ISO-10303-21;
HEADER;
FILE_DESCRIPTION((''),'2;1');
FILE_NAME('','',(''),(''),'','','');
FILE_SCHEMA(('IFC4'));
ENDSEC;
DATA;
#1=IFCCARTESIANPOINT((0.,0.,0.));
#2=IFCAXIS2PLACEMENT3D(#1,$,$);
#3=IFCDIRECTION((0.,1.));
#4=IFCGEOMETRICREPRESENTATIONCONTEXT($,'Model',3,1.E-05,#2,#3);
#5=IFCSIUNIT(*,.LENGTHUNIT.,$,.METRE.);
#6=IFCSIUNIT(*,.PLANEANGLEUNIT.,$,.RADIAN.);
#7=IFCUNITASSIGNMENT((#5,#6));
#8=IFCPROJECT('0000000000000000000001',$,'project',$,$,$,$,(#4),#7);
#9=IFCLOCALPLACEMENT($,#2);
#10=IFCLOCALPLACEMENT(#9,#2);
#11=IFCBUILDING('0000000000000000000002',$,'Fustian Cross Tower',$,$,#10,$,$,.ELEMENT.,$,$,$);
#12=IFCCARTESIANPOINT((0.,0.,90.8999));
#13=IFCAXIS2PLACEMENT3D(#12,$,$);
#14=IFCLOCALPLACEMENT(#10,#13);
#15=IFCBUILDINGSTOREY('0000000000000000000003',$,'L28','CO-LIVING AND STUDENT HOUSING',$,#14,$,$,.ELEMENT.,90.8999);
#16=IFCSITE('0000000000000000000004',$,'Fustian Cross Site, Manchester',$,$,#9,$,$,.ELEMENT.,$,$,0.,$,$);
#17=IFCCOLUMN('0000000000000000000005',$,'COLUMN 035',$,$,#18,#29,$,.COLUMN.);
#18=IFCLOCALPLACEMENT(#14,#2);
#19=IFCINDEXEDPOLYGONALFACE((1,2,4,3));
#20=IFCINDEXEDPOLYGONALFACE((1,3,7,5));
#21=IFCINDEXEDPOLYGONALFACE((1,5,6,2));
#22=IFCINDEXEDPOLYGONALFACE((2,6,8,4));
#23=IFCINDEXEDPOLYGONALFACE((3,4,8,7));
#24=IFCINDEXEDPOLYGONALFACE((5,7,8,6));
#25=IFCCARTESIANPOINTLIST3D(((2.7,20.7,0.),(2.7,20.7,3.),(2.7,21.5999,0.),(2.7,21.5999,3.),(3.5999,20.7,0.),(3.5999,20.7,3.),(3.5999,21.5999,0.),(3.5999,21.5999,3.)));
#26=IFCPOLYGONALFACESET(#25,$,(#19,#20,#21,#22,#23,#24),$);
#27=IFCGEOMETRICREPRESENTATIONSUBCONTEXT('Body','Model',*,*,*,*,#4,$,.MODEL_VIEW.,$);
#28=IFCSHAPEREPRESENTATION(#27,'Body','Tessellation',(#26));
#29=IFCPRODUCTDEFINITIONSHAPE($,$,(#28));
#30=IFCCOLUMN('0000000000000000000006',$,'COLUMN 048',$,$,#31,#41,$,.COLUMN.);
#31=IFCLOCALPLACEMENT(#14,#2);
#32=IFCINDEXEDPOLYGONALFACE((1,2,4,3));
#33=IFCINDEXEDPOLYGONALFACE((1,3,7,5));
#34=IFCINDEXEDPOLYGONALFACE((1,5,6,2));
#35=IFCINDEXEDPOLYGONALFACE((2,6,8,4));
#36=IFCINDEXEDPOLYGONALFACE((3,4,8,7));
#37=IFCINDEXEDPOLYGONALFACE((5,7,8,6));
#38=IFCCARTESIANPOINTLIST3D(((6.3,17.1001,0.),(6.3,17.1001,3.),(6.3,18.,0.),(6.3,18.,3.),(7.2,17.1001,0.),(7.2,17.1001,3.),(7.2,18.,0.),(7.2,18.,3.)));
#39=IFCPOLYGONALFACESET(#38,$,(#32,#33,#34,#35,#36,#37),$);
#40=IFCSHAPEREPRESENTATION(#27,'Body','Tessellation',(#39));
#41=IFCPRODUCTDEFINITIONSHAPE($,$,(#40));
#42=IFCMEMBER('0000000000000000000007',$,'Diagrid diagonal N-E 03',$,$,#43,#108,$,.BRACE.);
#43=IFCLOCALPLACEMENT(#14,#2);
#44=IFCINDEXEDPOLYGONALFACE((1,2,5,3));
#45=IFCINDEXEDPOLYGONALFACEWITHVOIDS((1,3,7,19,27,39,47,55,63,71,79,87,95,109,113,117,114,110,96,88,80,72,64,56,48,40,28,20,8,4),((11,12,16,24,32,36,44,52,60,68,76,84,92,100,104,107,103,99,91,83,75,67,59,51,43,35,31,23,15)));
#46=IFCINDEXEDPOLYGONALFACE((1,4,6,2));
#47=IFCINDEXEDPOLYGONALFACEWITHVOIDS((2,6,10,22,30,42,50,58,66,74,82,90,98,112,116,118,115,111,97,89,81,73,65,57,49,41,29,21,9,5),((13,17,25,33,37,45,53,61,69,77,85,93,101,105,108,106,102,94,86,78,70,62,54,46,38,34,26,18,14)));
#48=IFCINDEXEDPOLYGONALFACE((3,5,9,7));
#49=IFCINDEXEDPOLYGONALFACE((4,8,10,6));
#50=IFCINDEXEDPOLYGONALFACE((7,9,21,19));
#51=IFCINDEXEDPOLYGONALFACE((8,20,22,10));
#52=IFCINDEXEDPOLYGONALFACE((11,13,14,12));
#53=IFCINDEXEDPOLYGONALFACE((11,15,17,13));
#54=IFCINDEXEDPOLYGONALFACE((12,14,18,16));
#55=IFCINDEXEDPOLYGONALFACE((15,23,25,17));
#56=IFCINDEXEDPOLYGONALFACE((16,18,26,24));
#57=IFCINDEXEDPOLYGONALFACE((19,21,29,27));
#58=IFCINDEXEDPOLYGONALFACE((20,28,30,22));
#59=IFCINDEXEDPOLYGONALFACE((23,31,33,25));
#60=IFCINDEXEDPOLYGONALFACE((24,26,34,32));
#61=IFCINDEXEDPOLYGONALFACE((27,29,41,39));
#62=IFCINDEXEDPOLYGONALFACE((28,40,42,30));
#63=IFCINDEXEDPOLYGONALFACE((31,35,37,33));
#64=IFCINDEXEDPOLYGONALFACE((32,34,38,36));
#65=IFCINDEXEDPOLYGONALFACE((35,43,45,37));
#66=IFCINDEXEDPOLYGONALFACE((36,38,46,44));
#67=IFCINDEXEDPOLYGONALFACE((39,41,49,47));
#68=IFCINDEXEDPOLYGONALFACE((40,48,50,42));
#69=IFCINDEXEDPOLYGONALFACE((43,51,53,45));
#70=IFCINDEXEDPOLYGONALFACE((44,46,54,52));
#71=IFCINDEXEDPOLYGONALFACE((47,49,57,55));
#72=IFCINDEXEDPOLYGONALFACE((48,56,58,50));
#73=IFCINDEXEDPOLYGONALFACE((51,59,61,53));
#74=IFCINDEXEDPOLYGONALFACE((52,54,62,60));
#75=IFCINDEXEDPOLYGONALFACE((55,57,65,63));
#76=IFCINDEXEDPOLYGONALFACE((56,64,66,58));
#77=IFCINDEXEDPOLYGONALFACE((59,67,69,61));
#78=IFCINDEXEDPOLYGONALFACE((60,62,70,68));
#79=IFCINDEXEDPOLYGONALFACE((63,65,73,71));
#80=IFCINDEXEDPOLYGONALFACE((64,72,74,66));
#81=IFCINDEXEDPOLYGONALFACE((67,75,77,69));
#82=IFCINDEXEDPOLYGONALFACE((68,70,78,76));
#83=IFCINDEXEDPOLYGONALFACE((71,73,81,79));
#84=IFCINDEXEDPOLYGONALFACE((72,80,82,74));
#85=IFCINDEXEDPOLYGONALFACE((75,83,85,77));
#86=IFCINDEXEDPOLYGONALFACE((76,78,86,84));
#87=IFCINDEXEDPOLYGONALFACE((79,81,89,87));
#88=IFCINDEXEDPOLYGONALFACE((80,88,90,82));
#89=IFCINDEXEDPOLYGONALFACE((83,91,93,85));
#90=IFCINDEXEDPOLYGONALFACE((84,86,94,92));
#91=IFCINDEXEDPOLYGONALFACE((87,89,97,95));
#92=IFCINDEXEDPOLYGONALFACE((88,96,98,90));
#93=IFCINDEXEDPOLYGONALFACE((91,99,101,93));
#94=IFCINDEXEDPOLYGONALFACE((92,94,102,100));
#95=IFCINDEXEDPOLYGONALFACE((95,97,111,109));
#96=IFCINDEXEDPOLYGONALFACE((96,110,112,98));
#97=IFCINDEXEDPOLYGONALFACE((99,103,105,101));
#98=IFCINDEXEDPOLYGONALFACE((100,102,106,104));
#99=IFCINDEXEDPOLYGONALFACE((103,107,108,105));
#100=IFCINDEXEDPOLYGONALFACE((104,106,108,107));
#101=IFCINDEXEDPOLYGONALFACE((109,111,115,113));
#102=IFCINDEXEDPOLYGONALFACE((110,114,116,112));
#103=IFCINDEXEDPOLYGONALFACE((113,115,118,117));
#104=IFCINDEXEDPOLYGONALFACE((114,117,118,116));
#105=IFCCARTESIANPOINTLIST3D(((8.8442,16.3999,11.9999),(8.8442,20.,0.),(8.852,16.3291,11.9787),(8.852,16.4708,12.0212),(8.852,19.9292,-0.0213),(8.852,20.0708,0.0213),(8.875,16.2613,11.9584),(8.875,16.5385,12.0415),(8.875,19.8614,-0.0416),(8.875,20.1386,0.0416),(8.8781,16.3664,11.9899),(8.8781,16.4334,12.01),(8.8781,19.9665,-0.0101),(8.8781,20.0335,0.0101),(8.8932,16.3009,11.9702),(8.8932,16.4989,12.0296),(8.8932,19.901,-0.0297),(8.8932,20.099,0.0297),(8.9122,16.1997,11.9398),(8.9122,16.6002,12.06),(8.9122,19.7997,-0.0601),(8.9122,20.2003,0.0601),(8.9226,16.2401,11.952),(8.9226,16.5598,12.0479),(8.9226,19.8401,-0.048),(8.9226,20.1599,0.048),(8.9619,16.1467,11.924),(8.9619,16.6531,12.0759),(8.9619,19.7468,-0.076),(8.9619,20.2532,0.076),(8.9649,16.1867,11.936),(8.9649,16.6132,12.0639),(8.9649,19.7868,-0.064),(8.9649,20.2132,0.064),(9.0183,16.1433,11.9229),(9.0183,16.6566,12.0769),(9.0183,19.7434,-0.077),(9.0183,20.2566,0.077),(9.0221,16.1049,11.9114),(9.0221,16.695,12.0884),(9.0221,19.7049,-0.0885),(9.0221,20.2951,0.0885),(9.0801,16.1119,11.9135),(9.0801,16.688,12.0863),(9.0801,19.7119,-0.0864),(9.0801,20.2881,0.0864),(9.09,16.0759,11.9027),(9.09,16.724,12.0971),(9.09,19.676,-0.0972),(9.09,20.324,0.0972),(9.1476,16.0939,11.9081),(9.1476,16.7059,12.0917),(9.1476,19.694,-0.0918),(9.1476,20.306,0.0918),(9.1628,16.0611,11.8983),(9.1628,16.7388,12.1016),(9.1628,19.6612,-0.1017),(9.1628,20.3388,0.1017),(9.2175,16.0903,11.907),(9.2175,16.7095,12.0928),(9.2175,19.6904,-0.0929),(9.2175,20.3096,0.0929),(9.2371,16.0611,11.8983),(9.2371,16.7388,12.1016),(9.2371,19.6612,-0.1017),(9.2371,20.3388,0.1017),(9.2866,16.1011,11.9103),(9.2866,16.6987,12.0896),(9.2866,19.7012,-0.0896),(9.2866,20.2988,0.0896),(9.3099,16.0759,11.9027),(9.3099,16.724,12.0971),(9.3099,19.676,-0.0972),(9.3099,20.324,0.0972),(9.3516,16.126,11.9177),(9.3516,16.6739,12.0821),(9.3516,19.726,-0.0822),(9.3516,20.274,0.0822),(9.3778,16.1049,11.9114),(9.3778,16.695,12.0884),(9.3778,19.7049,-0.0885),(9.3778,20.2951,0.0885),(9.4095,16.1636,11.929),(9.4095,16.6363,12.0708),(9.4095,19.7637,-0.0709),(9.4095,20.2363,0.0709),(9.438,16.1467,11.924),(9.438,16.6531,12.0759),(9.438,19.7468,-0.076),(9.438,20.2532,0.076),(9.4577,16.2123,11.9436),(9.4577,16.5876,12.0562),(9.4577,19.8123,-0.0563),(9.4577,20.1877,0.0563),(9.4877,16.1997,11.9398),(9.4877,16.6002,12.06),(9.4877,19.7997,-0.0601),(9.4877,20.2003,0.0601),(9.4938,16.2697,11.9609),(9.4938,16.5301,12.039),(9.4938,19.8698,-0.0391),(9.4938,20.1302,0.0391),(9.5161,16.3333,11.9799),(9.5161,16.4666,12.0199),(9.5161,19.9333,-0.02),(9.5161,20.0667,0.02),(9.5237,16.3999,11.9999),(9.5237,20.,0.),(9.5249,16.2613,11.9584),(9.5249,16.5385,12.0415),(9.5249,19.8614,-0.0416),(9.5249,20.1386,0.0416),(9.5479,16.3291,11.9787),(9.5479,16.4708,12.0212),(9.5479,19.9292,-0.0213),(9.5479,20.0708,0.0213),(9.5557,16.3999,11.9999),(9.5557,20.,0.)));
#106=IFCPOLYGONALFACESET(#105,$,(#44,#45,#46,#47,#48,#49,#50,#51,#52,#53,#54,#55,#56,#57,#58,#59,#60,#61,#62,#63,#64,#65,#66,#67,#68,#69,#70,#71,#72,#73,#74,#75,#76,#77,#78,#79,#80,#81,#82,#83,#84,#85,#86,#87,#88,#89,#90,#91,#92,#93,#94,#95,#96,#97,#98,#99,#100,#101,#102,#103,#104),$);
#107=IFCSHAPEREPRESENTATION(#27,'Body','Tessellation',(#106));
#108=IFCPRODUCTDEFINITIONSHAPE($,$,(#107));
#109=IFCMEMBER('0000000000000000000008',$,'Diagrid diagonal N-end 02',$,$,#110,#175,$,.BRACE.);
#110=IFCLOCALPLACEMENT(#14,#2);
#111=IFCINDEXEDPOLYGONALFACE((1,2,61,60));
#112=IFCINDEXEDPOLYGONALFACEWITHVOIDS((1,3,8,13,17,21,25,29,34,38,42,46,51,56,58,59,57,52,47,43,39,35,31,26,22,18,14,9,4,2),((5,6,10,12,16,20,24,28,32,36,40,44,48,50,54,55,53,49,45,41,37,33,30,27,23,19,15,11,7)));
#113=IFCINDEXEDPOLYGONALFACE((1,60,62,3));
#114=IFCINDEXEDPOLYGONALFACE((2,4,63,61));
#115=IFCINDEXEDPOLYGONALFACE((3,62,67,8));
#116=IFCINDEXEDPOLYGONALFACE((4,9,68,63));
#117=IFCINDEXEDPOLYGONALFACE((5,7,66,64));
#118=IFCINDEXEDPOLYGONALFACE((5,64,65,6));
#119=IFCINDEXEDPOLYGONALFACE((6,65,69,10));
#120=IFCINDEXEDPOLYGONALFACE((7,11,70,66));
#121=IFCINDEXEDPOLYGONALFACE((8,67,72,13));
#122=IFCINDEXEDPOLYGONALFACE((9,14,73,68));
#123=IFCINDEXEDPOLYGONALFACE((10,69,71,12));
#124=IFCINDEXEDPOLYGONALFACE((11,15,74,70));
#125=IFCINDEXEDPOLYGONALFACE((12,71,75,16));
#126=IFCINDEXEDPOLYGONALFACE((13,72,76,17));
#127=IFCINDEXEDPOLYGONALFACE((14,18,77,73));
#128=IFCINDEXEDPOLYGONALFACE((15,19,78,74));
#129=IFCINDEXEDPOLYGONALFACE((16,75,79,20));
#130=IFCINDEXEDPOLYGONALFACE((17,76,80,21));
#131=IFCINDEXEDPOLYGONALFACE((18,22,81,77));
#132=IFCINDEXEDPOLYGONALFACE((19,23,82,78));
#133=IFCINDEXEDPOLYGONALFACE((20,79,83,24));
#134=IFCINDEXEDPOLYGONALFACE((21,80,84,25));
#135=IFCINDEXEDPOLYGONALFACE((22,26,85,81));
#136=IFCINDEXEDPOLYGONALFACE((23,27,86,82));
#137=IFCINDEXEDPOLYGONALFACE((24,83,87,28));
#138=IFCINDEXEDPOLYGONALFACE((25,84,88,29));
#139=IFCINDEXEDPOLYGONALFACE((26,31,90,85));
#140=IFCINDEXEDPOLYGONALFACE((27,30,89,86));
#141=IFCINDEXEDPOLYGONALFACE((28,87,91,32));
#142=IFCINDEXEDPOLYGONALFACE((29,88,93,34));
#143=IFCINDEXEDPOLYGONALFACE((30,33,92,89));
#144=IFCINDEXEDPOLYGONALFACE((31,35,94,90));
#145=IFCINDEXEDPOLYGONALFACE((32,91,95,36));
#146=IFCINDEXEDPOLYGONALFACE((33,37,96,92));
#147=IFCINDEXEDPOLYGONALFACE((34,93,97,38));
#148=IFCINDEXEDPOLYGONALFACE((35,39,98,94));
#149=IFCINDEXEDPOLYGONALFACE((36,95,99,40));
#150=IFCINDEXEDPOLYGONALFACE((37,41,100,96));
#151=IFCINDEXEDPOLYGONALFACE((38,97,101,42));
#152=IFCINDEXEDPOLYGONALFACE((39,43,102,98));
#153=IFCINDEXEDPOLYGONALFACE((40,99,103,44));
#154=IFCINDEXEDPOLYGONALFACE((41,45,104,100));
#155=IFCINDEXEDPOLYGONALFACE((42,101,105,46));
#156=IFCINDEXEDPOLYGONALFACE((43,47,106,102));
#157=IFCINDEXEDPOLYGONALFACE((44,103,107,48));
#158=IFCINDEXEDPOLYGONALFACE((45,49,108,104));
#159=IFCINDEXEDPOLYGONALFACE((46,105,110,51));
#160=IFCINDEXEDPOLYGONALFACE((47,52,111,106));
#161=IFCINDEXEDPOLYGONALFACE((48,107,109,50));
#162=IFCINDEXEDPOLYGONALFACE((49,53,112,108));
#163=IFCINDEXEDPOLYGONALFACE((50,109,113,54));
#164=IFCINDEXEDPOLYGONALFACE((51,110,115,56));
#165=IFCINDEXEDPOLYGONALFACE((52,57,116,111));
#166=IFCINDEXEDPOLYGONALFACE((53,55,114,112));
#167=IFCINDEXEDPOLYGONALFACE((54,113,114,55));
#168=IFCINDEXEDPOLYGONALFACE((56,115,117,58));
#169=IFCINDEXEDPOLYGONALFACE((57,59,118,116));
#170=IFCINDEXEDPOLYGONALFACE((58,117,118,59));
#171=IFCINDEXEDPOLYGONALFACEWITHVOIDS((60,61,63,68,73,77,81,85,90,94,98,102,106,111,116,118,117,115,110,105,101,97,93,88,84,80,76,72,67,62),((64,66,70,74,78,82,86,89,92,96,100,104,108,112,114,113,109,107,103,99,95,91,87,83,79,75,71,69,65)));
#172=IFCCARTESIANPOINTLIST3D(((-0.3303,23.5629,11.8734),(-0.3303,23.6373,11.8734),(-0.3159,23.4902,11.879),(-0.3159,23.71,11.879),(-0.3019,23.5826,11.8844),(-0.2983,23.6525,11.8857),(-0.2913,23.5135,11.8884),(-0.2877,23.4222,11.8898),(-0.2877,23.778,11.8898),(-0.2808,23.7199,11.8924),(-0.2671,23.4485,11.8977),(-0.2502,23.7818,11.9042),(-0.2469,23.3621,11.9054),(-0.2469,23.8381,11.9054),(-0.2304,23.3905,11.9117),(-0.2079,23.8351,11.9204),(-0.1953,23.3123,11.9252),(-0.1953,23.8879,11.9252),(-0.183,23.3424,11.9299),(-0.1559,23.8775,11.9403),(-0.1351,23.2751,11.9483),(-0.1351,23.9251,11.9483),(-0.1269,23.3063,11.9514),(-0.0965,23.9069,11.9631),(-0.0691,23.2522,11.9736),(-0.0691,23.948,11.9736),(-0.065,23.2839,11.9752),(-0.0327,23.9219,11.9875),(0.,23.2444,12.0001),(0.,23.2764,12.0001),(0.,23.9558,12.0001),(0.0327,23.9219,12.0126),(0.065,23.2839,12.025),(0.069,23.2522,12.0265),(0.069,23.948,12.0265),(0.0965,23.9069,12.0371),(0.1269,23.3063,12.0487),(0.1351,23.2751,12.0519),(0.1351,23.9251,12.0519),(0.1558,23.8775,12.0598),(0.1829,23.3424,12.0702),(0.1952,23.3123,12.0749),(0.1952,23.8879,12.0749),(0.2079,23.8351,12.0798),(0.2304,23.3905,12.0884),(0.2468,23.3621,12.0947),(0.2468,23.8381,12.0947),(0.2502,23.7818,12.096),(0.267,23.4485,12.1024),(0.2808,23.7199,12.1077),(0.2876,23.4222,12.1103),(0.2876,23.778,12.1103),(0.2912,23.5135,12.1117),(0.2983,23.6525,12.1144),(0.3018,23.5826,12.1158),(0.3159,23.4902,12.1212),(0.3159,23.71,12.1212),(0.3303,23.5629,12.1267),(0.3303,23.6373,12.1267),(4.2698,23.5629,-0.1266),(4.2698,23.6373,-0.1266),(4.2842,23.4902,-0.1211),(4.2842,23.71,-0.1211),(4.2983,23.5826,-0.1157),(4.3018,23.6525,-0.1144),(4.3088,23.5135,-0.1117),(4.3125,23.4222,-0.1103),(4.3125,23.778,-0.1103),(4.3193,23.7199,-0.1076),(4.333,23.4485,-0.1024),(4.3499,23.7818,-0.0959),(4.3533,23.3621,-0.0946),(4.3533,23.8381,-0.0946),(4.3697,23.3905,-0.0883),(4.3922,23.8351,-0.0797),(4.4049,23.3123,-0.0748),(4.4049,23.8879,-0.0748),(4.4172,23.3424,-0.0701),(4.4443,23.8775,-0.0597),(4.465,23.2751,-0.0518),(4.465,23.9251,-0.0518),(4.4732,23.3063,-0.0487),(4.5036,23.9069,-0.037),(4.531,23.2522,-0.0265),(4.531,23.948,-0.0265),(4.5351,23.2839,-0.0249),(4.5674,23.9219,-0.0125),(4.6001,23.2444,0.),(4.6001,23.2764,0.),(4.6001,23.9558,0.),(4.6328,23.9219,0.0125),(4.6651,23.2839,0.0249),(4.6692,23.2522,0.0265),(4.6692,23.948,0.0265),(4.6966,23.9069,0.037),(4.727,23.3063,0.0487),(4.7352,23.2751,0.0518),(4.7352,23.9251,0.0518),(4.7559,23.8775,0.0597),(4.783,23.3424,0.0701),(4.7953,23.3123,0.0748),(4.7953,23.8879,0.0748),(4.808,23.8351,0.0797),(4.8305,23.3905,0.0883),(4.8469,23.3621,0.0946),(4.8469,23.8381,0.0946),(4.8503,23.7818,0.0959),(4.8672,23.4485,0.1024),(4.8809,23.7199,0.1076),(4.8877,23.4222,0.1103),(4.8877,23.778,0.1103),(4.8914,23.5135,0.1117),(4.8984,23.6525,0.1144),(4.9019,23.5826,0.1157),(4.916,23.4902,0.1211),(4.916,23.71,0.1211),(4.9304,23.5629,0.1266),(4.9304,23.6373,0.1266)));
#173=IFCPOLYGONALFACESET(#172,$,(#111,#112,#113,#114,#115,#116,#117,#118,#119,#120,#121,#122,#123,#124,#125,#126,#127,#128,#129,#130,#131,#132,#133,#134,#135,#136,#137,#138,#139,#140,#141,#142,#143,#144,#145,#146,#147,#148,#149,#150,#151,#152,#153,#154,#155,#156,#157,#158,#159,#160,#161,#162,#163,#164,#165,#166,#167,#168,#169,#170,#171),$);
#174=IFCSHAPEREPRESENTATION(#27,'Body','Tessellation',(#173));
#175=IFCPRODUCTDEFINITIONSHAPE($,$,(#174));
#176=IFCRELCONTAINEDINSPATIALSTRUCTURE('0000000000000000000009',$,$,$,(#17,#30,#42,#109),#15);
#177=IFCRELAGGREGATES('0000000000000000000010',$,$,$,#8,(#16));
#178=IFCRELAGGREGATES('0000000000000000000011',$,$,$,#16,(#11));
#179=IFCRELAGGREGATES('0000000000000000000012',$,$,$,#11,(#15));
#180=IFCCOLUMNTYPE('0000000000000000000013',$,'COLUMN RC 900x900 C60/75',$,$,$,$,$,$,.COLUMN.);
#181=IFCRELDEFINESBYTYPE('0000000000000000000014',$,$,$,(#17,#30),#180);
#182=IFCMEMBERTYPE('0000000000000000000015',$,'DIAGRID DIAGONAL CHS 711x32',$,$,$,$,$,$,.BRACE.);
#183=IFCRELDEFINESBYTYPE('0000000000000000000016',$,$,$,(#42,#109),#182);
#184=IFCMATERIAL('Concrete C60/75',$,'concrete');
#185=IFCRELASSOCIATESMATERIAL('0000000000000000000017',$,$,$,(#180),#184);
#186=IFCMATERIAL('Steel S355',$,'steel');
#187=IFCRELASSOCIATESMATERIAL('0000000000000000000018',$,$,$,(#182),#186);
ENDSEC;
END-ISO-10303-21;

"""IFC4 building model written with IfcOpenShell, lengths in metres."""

from ifc_helpers import new_model, si_unit, direction, frame, origin, origin_2d, place, context, subcontext, project, spatial, rectangle, hollow_circle, extrude, material, material_profile, profile_set, type_object, element, save


model = new_model("IFC4")

# Units and contexts
model_context = context("Model", 3, precision=1e-05, world=origin(), true_north=direction((0.0, 1.0)))
body_context = subcontext(model_context, "Body", "Model", "MODEL_VIEW")
ifc_project = project(units=[si_unit("LENGTHUNIT", "METRE"), si_unit("PLANEANGLEUNIT", "RADIAN")], contexts=[model_context])

# Site, building, storey
site_placement = place(None, origin())
site = spatial("IfcSite", under=ifc_project, at=site_placement, Name="Fustian Cross Site, Manchester", CompositionType="ELEMENT", RefElevation=0.0)
building_placement = place(site_placement, origin())
building = spatial("IfcBuilding", under=site, at=building_placement, Name="Fustian Cross Tower", CompositionType="ELEMENT")
storey_placement = place(building_placement, frame((0.0, 0.0, 90.8999)))
storey = spatial("IfcBuildingStorey", under=building, at=storey_placement, Name="L28", Description="CO-LIVING AND STUDENT HOUSING", CompositionType="ELEMENT", Elevation=90.8999)

# Columns
ifc_material_1 = material(Name="Concrete C60/75", Category="concrete")
ifc_material_profile_1 = material_profile(ifc_material_1, rectangle(XDim=0.8999, YDim=0.8999, at=origin_2d()), Name="RC 900x900")
ifc_profile_set_1 = profile_set([ifc_material_profile_1], Name="Concrete C60/75")
column_type = type_object("IfcColumnType", Name="COLUMN RC 900x900 C60/75", PredefinedType="COLUMN", material=ifc_profile_set_1)
for number, where, z_axis, x_axis, name in (
    (1, (3.1499, 21.1499, 0.0), (0.0, 0.0, 1.0), (1.0, 0.0, 0.0), "COLUMN 035"),
    (2, (6.75, 17.55, 0.0), (0.0, 0.0, 1.0), (1.0, 0.0, 0.0), "COLUMN 048"),
):
    element("IfcColumn", number, at=place(storey_placement, frame(where, z_axis=z_axis, x_axis=x_axis)), inside=storey, type_object=column_type, Name=name, PredefinedType="COLUMN", context=body_context, shape_type="SweptSolid", body=[
        extrude(rectangle(XDim=0.8999, YDim=0.8999, at=origin_2d()), origin(), (0.0, 0.0, 1.0), 3.0),
    ])

# Members
ifc_material_2 = material(Name="Steel S355", Category="steel")
ifc_material_profile_2 = material_profile(ifc_material_2, hollow_circle(Radius=0.3557, WallThickness=0.032, at=origin_2d()), Name="CHS 711x32")
ifc_profile_set_2 = profile_set([ifc_material_profile_2], Name="Steel S355")
member_type_1 = type_object("IfcMemberType", Name="DIAGRID DIAGONAL CHS 711x32", PredefinedType="BRACE", material=ifc_profile_set_2)
member_1_placement = place(storey_placement, frame((9.2, 20.0, 0.0), z_axis=(0.0, -0.287355, 0.957824), x_axis=(1.0, 0.0, 0.0)))
element("IfcMember", 3, at=member_1_placement, inside=storey, type_object=member_type_1, Name="Diagrid diagonal N-E 03", PredefinedType="BRACE", context=body_context, shape_type="SweptSolid", body=[
    extrude(hollow_circle(Radius=0.3557, WallThickness=0.032, at=origin_2d()), origin(), (0.0, 0.0, 1.0), 12.5283),
])
member_2_placement = place(storey_placement, frame((4.6001, 23.6001, 0.0), z_axis=(-0.357943, 0.0, 0.933744), x_axis=(0.0, -1.0, 0.0)))
element("IfcMember", 4, at=member_2_placement, inside=storey, type_object=member_type_1, Name="Diagrid diagonal N-end 02", PredefinedType="BRACE", context=body_context, shape_type="SweptSolid", body=[
    extrude(hollow_circle(Radius=0.3557, WallThickness=0.032, at=origin_2d()), origin(), (0.0, 0.0, 1.0), 12.8516),
])

save(model, "model.ifc")
